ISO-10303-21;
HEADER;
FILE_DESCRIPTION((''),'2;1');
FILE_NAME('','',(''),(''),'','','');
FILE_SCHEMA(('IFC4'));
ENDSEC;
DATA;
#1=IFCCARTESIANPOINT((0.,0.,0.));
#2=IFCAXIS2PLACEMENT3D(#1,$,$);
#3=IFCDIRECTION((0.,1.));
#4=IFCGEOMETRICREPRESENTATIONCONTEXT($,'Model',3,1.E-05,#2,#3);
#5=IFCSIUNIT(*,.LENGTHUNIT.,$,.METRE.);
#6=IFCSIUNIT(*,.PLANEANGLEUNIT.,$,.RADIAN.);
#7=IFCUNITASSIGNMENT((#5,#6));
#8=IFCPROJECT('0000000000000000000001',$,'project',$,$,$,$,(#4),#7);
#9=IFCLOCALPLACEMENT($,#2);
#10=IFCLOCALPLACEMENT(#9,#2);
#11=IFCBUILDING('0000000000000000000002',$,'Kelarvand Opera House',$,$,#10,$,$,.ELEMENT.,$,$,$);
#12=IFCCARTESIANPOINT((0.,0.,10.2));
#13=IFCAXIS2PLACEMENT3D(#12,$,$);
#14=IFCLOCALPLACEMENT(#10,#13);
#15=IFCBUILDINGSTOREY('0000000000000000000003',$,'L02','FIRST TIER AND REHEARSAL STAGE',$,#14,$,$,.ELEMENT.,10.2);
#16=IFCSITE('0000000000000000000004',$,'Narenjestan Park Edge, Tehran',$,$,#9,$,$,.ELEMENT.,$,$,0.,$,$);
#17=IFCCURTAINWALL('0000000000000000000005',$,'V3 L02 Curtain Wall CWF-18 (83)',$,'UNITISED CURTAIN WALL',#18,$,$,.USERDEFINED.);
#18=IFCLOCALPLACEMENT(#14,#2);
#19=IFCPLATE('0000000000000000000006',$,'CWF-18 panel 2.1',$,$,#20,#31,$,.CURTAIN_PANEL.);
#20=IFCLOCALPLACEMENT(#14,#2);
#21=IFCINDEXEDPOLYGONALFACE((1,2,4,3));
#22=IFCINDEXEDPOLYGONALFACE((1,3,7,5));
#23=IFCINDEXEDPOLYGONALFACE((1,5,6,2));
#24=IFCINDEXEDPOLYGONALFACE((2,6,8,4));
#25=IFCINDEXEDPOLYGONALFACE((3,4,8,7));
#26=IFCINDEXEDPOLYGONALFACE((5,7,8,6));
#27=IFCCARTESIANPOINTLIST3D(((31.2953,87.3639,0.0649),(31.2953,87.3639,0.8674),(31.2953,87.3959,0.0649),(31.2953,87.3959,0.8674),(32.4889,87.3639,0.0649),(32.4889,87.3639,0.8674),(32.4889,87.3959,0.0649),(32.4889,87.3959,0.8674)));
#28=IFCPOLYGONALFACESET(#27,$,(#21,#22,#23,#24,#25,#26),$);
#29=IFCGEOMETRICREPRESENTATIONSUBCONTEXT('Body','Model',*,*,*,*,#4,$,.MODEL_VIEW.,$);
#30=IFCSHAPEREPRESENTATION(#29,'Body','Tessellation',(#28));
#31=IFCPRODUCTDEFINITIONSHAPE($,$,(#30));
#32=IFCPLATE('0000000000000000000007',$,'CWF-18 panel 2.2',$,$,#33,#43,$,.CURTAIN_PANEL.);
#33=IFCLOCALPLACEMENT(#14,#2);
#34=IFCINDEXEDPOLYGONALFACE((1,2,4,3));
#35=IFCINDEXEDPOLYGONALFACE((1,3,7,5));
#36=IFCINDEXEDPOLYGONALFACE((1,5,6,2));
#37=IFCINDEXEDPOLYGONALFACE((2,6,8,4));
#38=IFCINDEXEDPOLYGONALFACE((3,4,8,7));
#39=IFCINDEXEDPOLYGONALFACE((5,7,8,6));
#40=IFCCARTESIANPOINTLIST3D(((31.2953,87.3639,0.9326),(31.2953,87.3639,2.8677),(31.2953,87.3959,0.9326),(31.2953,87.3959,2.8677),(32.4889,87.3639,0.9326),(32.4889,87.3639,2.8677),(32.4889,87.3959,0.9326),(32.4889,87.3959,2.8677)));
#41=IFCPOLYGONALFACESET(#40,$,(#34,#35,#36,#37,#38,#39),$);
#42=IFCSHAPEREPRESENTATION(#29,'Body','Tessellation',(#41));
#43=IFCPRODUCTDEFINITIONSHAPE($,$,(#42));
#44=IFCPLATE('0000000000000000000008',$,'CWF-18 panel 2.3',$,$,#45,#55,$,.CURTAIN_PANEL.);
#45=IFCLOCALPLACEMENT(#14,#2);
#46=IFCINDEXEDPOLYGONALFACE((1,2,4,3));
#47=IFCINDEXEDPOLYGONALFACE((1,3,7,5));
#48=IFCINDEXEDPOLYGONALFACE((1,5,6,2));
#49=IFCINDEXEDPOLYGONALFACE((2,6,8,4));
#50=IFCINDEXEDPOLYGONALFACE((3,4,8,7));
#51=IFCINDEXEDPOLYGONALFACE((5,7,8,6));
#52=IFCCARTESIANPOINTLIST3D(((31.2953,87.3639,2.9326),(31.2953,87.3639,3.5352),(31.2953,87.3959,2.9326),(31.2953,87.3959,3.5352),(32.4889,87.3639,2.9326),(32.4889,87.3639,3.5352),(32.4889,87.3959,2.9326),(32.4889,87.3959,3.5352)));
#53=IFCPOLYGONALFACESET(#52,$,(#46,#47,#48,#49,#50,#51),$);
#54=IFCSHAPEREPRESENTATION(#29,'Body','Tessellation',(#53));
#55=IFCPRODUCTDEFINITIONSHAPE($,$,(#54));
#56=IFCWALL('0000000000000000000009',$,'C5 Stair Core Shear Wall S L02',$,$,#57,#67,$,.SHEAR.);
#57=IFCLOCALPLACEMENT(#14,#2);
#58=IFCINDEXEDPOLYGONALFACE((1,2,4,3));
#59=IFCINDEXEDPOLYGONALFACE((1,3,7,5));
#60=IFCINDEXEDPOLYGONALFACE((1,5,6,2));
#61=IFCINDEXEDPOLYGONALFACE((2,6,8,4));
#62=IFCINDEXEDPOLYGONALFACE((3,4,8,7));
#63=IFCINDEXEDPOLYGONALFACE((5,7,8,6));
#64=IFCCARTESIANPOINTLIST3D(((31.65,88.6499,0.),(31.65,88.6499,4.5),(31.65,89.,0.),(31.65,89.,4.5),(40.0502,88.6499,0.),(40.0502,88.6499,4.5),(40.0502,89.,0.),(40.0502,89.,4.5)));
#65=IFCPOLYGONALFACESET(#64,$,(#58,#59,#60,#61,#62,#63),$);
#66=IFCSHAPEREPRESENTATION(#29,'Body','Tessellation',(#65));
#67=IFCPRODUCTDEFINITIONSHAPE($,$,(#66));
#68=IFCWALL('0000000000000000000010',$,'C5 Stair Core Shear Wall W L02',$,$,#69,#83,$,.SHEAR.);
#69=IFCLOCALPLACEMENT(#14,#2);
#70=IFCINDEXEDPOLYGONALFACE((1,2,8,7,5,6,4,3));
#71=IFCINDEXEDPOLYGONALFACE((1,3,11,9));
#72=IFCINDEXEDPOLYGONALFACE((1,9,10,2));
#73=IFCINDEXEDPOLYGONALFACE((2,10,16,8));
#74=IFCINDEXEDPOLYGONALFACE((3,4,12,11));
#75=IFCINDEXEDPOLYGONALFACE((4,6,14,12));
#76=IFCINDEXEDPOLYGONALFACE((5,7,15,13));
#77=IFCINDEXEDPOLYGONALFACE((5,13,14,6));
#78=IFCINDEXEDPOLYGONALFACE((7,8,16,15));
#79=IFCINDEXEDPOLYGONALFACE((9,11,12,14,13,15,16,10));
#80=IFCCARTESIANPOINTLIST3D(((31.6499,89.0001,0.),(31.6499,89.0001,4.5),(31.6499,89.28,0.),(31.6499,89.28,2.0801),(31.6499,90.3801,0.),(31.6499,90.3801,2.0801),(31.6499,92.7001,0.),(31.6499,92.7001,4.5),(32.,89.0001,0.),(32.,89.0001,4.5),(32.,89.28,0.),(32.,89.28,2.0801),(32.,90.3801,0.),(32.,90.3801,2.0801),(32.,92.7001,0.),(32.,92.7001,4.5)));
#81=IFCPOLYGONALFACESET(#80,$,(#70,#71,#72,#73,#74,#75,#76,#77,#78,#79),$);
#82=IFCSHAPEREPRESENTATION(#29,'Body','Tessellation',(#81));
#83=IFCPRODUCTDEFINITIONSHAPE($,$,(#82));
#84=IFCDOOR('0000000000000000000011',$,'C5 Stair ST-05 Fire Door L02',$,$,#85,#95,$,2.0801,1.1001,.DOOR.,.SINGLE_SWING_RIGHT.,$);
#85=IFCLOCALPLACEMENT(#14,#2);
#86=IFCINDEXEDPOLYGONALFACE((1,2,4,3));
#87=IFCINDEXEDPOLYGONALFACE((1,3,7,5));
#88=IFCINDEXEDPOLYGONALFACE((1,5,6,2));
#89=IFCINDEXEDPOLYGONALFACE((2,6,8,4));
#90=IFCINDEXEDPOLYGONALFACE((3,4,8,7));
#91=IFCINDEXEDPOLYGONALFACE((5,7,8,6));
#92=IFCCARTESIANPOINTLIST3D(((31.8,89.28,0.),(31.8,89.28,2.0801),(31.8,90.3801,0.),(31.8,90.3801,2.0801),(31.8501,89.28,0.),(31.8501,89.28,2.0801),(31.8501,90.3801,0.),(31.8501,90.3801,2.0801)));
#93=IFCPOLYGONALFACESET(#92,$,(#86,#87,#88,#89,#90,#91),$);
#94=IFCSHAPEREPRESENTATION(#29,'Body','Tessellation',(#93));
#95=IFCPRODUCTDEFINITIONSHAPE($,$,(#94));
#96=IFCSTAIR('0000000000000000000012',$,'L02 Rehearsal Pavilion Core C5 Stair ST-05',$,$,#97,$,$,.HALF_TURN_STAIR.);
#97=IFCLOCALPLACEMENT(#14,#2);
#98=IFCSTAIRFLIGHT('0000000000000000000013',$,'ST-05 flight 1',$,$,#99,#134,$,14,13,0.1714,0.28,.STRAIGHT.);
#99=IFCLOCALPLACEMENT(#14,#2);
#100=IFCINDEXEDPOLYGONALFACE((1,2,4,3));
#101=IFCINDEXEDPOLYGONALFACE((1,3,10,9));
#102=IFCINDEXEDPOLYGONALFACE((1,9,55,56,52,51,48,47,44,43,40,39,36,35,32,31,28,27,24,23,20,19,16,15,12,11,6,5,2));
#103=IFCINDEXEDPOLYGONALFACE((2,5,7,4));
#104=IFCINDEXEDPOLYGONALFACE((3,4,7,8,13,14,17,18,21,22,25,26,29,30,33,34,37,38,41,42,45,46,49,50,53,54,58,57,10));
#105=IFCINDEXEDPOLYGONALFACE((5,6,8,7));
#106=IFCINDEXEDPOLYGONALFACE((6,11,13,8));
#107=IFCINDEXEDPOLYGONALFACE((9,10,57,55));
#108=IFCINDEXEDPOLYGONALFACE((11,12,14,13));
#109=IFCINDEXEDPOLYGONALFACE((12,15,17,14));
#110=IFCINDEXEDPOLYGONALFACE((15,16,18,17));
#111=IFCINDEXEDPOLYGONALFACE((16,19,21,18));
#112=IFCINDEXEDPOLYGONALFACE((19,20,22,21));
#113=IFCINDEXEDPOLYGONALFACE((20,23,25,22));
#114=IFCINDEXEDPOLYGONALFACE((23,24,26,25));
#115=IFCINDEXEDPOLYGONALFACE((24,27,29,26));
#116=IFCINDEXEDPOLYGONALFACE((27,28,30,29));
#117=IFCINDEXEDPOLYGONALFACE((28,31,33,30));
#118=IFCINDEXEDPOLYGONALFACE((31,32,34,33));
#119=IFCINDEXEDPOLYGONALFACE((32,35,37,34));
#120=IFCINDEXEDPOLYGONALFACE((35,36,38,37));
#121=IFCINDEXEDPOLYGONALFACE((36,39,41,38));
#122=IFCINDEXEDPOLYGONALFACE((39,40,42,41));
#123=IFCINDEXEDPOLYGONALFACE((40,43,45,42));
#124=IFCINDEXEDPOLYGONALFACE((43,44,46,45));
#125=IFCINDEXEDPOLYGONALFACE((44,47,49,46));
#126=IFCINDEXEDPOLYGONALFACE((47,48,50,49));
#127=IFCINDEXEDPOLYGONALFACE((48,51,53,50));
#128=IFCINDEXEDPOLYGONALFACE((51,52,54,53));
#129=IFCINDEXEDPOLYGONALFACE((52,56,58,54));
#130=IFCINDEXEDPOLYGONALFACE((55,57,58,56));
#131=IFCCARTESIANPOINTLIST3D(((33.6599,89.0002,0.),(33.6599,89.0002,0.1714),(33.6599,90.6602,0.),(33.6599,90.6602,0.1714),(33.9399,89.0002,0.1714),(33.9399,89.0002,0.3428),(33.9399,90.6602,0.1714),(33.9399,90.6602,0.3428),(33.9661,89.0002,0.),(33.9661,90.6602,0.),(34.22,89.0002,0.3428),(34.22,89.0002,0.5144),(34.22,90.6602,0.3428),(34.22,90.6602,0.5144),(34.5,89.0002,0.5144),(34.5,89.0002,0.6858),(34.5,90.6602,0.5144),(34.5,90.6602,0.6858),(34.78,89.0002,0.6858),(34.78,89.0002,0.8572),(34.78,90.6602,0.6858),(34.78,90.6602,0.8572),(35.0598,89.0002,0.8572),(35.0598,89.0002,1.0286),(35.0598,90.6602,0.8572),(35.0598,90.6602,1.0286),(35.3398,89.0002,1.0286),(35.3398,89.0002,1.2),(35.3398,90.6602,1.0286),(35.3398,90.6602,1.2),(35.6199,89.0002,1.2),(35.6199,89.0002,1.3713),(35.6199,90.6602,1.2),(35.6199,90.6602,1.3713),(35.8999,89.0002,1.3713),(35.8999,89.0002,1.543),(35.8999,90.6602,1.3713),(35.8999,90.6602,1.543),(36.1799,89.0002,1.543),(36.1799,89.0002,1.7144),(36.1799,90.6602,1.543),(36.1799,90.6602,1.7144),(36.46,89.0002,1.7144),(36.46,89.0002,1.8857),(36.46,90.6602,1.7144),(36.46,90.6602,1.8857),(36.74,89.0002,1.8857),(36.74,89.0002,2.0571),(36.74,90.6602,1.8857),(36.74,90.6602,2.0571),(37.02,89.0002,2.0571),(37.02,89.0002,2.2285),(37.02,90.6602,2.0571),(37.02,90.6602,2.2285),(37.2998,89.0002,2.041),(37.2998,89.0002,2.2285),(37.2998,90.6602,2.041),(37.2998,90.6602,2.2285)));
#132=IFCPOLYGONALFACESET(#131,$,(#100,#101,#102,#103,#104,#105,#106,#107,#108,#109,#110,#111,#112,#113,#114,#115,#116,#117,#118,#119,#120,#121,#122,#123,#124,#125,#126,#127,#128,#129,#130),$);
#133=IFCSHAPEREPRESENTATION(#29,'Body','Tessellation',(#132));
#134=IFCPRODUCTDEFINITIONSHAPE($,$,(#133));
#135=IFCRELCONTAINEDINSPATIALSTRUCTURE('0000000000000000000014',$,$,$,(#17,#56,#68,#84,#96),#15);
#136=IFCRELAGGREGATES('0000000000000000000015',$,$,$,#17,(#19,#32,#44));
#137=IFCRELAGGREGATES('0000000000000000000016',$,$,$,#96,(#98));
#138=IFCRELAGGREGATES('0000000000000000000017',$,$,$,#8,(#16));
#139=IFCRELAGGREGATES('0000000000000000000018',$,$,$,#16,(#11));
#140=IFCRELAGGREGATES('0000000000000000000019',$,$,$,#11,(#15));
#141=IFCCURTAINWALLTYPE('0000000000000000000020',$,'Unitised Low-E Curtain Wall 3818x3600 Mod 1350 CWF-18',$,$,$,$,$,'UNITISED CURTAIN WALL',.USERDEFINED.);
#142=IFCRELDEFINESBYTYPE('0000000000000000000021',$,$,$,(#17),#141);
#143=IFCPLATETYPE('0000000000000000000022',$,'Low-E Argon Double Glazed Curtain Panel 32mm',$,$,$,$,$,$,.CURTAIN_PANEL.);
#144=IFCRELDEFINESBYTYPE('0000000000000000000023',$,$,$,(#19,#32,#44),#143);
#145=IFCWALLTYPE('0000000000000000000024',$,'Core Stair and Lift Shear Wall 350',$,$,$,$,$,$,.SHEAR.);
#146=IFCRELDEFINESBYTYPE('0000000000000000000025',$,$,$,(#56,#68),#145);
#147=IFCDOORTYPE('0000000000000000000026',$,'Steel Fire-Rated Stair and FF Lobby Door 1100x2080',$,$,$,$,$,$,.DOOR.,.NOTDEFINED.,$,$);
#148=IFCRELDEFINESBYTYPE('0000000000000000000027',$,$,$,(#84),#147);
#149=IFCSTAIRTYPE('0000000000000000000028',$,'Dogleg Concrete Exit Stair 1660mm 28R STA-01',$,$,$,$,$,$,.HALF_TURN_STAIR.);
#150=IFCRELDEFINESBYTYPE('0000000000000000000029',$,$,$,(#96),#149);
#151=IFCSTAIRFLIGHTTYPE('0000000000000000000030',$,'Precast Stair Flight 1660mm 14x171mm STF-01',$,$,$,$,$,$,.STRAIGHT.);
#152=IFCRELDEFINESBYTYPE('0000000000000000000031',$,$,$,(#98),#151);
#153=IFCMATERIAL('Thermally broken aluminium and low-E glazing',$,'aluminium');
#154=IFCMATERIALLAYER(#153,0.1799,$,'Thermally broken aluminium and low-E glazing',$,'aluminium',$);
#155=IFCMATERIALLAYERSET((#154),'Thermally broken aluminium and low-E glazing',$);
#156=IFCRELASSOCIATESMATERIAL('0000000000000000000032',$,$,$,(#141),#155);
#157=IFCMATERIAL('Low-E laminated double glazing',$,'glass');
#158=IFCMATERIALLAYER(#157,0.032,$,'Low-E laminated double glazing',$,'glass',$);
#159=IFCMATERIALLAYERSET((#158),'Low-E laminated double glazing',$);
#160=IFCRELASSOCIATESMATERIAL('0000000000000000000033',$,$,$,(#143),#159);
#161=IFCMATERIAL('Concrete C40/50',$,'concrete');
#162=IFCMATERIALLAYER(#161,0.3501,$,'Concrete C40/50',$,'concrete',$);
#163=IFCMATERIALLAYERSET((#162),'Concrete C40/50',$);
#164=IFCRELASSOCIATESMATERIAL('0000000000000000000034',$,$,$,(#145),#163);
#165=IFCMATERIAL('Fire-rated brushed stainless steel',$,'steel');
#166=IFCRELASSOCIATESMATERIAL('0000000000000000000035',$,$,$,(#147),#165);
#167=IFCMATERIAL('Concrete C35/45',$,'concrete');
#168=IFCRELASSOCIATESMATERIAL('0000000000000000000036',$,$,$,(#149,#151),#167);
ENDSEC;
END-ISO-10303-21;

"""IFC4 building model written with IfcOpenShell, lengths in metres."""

from ifc_helpers import new_model, si_unit, direction, frame, frame_2d, origin, origin_2d, place, context, subcontext, project, spatial, polyline, rectangle, outline, extrude, material, layer, layer_set, type_object, element, fill, aggregate, save


model = new_model("IFC4")

# Units and contexts
model_context = context("Model", 3, precision=1e-05, world=origin(), true_north=direction((0.0, 1.0)))
body_context = subcontext(model_context, "Body", "Model", "MODEL_VIEW")
ifc_project = project(units=[si_unit("LENGTHUNIT", "METRE"), si_unit("PLANEANGLEUNIT", "RADIAN")], contexts=[model_context])

# Site, building, storey
site_placement = place(None, origin())
site = spatial("IfcSite", under=ifc_project, at=site_placement, Name="Narenjestan Park Edge, Tehran", CompositionType="ELEMENT", RefElevation=0.0)
building_placement = place(site_placement, origin())
building = spatial("IfcBuilding", under=site, at=building_placement, Name="Kelarvand Opera House", CompositionType="ELEMENT")
storey_placement = place(building_placement, frame((0.0, 0.0, 10.2)))
storey = spatial("IfcBuildingStorey", under=building, at=storey_placement, Name="L02", Description="FIRST TIER AND REHEARSAL STAGE", CompositionType="ELEMENT", Elevation=10.2)

# Curtain wall
ifc_material_1 = material(Name="Thermally broken aluminium and low-E glazing", Category="aluminium")
ifc_layer_1 = layer(ifc_material_1, 0.1799, Name="Thermally broken aluminium and low-E glazing", Category="aluminium")
ifc_layer_set_1 = layer_set([ifc_layer_1], Name="Thermally broken aluminium and low-E glazing")
curtain_wall_type = type_object("IfcCurtainWallType", Name="Unitised Low-E Curtain Wall 3818x3600 Mod 1350 CWF-18", ElementType="UNITISED CURTAIN WALL", PredefinedType="USERDEFINED", material=ifc_layer_set_1)
curtain_wall_placement = place(storey_placement, origin())
curtain_wall = element("IfcCurtainWall", 1, at=curtain_wall_placement, inside=storey, type_object=curtain_wall_type, Name="V3 L02 Curtain Wall CWF-18 (83)", ObjectType="UNITISED CURTAIN WALL", PredefinedType="USERDEFINED")

# Shared definitions
ifc_material_2 = material(Name="Concrete C35/45", Category="concrete")

# Plates
ifc_material_3 = material(Name="Low-E laminated double glazing", Category="glass")
ifc_layer_2 = layer(ifc_material_3, 0.032, Name="Low-E laminated double glazing", Category="glass")
ifc_layer_set_2 = layer_set([ifc_layer_2], Name="Low-E laminated double glazing")
plate_type = type_object("IfcPlateType", Name="Low-E Argon Double Glazed Curtain Panel 32mm", PredefinedType="CURTAIN_PANEL", material=ifc_layer_set_2)
plate_1_placement = place(storey_placement, frame((31.8921, 87.3799, 0.0649), z_axis=(0.0, 0.0, 1.0), x_axis=(-1.0, 0.0, 0.0)))
plate_1 = element("IfcPlate", 2, at=plate_1_placement, type_object=plate_type, Name="CWF-18 panel 2.1", PredefinedType="CURTAIN_PANEL", context=body_context, shape_type="SweptSolid", body=[
    extrude(rectangle(XDim=1.1936, YDim=0.032, at=origin_2d()), origin(), (0.0, 0.0, 1.0), 0.8025),
])
plate_2_placement = place(storey_placement, frame((31.8921, 87.3799, 0.9326), z_axis=(0.0, 0.0, 1.0), x_axis=(-1.0, 0.0, 0.0)))
plate_2 = element("IfcPlate", 3, at=plate_2_placement, type_object=plate_type, Name="CWF-18 panel 2.2", PredefinedType="CURTAIN_PANEL", context=body_context, shape_type="SweptSolid", body=[
    extrude(rectangle(XDim=1.1936, YDim=0.032, at=origin_2d()), origin(), (0.0, 0.0, 1.0), 1.9351),
])
plate_3_placement = place(storey_placement, frame((31.8921, 87.3799, 2.9326), z_axis=(0.0, 0.0, 1.0), x_axis=(-1.0, 0.0, 0.0)))
plate_3 = element("IfcPlate", 4, at=plate_3_placement, type_object=plate_type, Name="CWF-18 panel 2.3", PredefinedType="CURTAIN_PANEL", context=body_context, shape_type="SweptSolid", body=[
    extrude(rectangle(XDim=1.1936, YDim=0.032, at=origin_2d()), origin(), (0.0, 0.0, 1.0), 0.6025),
])
aggregate(curtain_wall, [plate_1, plate_2, plate_3])

# Wall
ifc_material_4 = material(Name="Concrete C40/50", Category="concrete")
ifc_layer_3 = layer(ifc_material_4, 0.3501, Name="Concrete C40/50", Category="concrete")
ifc_layer_set_3 = layer_set([ifc_layer_3], Name="Concrete C40/50")
wall_type = type_object("IfcWallType", Name="Core Stair and Lift Shear Wall 350", PredefinedType="SHEAR", material=ifc_layer_set_3)
wall_1_placement = place(storey_placement, frame((31.6499, 88.825, 0.0), z_axis=(0.0, 0.0, 1.0), x_axis=(1.0, 0.0, 0.0)))
element("IfcWall", 5, at=wall_1_placement, inside=storey, type_object=wall_type, Name="C5 Stair Core Shear Wall S L02", PredefinedType="SHEAR", context=body_context, shape_type="SweptSolid", body=[
    extrude(rectangle(XDim=8.4001, YDim=0.3501, at=frame_2d((4.2002, 0.0))), origin(), (0.0, 0.0, 1.0), 4.5),
])

# Wall, opening, door
wall_2_placement = place(storey_placement, frame((31.825, 89.0, 0.0), z_axis=(0.0, 0.0, 1.0), x_axis=(0.0, 1.0, 0.0)))
wall_2 = element("IfcWall", 6, at=wall_2_placement, inside=storey, type_object=wall_type, Name="C5 Stair Core Shear Wall W L02", PredefinedType="SHEAR", context=body_context, shape_type="SweptSolid", body=[
    extrude(rectangle(XDim=3.7, YDim=0.3501, at=frame_2d((1.8501, 0.0))), origin(), (0.0, 0.0, 1.0), 4.5),
])
opening_placement = place(wall_2_placement, frame((0.28, 0.0, 0.0)))
opening = element("IfcOpeningElement", 7, at=opening_placement, cuts=wall_2, PredefinedType="OPENING", context=body_context, shape_type="SweptSolid", body=[
    extrude(rectangle(XDim=1.1001, YDim=2.0801, at=frame_2d((0.55, 1.04))), frame((0.0, 0.1851, 0.0), z_axis=(0.0, -1.0, 0.0), x_axis=(1.0, 0.0, 0.0)), (0.0, 0.0, 1.0), 0.3701),
])
ifc_material_5 = material(Name="Fire-rated brushed stainless steel", Category="steel")
door_type = type_object("IfcDoorType", Name="Steel Fire-Rated Stair and FF Lobby Door 1100x2080", OperationType="NOTDEFINED", PredefinedType="DOOR", material=ifc_material_5)
door_placement = place(opening_placement, origin())
door = element("IfcDoor", 8, at=door_placement, inside=storey, type_object=door_type, Name="C5 Stair ST-05 Fire Door L02", OperationType="SINGLE_SWING_RIGHT", OverallHeight=2.0801, OverallWidth=1.1001, PredefinedType="DOOR", context=body_context, shape_type="SweptSolid", body=[
    extrude(rectangle(XDim=1.1001, YDim=2.0801, at=frame_2d((0.55, 1.04))), frame((0.0, 0.0249, 0.0), z_axis=(0.0, -1.0, 0.0), x_axis=(1.0, 0.0, 0.0)), (0.0, 0.0, 1.0), 0.05),
])
fill(opening, door)

# Stair, stair flight
stair_type = type_object("IfcStairType", Name="Dogleg Concrete Exit Stair 1660mm 28R STA-01", PredefinedType="HALF_TURN_STAIR", material=ifc_material_2)
stair_placement = place(storey_placement, origin())
stair = element("IfcStair", 9, at=stair_placement, inside=storey, type_object=stair_type, Name="L02 Rehearsal Pavilion Core C5 Stair ST-05", PredefinedType="HALF_TURN_STAIR")
stair_flight_type = type_object("IfcStairFlightType", Name="Precast Stair Flight 1660mm 14x171mm STF-01", PredefinedType="STRAIGHT", material=ifc_material_2)
stair_flight_placement = place(storey_placement, frame((33.6599, 89.8301, 0.0), z_axis=(0.0, 0.0, 1.0), x_axis=(1.0, 0.0, 0.0)))
stair_flight = element("IfcStairFlight", 10, at=stair_flight_placement, type_object=stair_flight_type, Name="ST-05 flight 1", NumberOfRisers=14, NumberOfTreads=13, PredefinedType="STRAIGHT", RiserHeight=0.1714, TreadLength=0.28, context=body_context, shape_type="SweptSolid", body=[
    extrude(outline(polyline([(0.0, 0.0), (0.0, 0.1714), (0.28, 0.1714), (0.28, 0.3428), (0.5601, 0.3428), (0.5601, 0.5144), (0.8401, 0.5144), (0.8401, 0.6858), (1.1201, 0.6858), (1.1201, 0.8572), (1.3999, 0.8572), (1.3999, 1.0286), (1.6799, 1.0286), (1.6799, 1.2), (1.96, 1.2), (1.96, 1.3713), (2.24, 1.3713), (2.24, 1.543), (2.52, 1.543), (2.52, 1.7144), (2.8, 1.7144), (2.8, 1.8857), (3.0801, 1.8857), (3.0801, 2.0571), (3.3601, 2.0571), (3.3601, 2.2285), (3.6399, 2.2285), (3.6399, 2.3999), (3.6399, 2.041), (0.3062, 0.0), (0.0, 0.0)])), frame((0.0, 0.8301, 0.0), z_axis=(0.0, -1.0, 0.0), x_axis=(1.0, 0.0, 0.0)), (0.0, 0.0, 1.0), 1.6599),
])
aggregate(stair, [stair_flight])

save(model, "model.ifc")
